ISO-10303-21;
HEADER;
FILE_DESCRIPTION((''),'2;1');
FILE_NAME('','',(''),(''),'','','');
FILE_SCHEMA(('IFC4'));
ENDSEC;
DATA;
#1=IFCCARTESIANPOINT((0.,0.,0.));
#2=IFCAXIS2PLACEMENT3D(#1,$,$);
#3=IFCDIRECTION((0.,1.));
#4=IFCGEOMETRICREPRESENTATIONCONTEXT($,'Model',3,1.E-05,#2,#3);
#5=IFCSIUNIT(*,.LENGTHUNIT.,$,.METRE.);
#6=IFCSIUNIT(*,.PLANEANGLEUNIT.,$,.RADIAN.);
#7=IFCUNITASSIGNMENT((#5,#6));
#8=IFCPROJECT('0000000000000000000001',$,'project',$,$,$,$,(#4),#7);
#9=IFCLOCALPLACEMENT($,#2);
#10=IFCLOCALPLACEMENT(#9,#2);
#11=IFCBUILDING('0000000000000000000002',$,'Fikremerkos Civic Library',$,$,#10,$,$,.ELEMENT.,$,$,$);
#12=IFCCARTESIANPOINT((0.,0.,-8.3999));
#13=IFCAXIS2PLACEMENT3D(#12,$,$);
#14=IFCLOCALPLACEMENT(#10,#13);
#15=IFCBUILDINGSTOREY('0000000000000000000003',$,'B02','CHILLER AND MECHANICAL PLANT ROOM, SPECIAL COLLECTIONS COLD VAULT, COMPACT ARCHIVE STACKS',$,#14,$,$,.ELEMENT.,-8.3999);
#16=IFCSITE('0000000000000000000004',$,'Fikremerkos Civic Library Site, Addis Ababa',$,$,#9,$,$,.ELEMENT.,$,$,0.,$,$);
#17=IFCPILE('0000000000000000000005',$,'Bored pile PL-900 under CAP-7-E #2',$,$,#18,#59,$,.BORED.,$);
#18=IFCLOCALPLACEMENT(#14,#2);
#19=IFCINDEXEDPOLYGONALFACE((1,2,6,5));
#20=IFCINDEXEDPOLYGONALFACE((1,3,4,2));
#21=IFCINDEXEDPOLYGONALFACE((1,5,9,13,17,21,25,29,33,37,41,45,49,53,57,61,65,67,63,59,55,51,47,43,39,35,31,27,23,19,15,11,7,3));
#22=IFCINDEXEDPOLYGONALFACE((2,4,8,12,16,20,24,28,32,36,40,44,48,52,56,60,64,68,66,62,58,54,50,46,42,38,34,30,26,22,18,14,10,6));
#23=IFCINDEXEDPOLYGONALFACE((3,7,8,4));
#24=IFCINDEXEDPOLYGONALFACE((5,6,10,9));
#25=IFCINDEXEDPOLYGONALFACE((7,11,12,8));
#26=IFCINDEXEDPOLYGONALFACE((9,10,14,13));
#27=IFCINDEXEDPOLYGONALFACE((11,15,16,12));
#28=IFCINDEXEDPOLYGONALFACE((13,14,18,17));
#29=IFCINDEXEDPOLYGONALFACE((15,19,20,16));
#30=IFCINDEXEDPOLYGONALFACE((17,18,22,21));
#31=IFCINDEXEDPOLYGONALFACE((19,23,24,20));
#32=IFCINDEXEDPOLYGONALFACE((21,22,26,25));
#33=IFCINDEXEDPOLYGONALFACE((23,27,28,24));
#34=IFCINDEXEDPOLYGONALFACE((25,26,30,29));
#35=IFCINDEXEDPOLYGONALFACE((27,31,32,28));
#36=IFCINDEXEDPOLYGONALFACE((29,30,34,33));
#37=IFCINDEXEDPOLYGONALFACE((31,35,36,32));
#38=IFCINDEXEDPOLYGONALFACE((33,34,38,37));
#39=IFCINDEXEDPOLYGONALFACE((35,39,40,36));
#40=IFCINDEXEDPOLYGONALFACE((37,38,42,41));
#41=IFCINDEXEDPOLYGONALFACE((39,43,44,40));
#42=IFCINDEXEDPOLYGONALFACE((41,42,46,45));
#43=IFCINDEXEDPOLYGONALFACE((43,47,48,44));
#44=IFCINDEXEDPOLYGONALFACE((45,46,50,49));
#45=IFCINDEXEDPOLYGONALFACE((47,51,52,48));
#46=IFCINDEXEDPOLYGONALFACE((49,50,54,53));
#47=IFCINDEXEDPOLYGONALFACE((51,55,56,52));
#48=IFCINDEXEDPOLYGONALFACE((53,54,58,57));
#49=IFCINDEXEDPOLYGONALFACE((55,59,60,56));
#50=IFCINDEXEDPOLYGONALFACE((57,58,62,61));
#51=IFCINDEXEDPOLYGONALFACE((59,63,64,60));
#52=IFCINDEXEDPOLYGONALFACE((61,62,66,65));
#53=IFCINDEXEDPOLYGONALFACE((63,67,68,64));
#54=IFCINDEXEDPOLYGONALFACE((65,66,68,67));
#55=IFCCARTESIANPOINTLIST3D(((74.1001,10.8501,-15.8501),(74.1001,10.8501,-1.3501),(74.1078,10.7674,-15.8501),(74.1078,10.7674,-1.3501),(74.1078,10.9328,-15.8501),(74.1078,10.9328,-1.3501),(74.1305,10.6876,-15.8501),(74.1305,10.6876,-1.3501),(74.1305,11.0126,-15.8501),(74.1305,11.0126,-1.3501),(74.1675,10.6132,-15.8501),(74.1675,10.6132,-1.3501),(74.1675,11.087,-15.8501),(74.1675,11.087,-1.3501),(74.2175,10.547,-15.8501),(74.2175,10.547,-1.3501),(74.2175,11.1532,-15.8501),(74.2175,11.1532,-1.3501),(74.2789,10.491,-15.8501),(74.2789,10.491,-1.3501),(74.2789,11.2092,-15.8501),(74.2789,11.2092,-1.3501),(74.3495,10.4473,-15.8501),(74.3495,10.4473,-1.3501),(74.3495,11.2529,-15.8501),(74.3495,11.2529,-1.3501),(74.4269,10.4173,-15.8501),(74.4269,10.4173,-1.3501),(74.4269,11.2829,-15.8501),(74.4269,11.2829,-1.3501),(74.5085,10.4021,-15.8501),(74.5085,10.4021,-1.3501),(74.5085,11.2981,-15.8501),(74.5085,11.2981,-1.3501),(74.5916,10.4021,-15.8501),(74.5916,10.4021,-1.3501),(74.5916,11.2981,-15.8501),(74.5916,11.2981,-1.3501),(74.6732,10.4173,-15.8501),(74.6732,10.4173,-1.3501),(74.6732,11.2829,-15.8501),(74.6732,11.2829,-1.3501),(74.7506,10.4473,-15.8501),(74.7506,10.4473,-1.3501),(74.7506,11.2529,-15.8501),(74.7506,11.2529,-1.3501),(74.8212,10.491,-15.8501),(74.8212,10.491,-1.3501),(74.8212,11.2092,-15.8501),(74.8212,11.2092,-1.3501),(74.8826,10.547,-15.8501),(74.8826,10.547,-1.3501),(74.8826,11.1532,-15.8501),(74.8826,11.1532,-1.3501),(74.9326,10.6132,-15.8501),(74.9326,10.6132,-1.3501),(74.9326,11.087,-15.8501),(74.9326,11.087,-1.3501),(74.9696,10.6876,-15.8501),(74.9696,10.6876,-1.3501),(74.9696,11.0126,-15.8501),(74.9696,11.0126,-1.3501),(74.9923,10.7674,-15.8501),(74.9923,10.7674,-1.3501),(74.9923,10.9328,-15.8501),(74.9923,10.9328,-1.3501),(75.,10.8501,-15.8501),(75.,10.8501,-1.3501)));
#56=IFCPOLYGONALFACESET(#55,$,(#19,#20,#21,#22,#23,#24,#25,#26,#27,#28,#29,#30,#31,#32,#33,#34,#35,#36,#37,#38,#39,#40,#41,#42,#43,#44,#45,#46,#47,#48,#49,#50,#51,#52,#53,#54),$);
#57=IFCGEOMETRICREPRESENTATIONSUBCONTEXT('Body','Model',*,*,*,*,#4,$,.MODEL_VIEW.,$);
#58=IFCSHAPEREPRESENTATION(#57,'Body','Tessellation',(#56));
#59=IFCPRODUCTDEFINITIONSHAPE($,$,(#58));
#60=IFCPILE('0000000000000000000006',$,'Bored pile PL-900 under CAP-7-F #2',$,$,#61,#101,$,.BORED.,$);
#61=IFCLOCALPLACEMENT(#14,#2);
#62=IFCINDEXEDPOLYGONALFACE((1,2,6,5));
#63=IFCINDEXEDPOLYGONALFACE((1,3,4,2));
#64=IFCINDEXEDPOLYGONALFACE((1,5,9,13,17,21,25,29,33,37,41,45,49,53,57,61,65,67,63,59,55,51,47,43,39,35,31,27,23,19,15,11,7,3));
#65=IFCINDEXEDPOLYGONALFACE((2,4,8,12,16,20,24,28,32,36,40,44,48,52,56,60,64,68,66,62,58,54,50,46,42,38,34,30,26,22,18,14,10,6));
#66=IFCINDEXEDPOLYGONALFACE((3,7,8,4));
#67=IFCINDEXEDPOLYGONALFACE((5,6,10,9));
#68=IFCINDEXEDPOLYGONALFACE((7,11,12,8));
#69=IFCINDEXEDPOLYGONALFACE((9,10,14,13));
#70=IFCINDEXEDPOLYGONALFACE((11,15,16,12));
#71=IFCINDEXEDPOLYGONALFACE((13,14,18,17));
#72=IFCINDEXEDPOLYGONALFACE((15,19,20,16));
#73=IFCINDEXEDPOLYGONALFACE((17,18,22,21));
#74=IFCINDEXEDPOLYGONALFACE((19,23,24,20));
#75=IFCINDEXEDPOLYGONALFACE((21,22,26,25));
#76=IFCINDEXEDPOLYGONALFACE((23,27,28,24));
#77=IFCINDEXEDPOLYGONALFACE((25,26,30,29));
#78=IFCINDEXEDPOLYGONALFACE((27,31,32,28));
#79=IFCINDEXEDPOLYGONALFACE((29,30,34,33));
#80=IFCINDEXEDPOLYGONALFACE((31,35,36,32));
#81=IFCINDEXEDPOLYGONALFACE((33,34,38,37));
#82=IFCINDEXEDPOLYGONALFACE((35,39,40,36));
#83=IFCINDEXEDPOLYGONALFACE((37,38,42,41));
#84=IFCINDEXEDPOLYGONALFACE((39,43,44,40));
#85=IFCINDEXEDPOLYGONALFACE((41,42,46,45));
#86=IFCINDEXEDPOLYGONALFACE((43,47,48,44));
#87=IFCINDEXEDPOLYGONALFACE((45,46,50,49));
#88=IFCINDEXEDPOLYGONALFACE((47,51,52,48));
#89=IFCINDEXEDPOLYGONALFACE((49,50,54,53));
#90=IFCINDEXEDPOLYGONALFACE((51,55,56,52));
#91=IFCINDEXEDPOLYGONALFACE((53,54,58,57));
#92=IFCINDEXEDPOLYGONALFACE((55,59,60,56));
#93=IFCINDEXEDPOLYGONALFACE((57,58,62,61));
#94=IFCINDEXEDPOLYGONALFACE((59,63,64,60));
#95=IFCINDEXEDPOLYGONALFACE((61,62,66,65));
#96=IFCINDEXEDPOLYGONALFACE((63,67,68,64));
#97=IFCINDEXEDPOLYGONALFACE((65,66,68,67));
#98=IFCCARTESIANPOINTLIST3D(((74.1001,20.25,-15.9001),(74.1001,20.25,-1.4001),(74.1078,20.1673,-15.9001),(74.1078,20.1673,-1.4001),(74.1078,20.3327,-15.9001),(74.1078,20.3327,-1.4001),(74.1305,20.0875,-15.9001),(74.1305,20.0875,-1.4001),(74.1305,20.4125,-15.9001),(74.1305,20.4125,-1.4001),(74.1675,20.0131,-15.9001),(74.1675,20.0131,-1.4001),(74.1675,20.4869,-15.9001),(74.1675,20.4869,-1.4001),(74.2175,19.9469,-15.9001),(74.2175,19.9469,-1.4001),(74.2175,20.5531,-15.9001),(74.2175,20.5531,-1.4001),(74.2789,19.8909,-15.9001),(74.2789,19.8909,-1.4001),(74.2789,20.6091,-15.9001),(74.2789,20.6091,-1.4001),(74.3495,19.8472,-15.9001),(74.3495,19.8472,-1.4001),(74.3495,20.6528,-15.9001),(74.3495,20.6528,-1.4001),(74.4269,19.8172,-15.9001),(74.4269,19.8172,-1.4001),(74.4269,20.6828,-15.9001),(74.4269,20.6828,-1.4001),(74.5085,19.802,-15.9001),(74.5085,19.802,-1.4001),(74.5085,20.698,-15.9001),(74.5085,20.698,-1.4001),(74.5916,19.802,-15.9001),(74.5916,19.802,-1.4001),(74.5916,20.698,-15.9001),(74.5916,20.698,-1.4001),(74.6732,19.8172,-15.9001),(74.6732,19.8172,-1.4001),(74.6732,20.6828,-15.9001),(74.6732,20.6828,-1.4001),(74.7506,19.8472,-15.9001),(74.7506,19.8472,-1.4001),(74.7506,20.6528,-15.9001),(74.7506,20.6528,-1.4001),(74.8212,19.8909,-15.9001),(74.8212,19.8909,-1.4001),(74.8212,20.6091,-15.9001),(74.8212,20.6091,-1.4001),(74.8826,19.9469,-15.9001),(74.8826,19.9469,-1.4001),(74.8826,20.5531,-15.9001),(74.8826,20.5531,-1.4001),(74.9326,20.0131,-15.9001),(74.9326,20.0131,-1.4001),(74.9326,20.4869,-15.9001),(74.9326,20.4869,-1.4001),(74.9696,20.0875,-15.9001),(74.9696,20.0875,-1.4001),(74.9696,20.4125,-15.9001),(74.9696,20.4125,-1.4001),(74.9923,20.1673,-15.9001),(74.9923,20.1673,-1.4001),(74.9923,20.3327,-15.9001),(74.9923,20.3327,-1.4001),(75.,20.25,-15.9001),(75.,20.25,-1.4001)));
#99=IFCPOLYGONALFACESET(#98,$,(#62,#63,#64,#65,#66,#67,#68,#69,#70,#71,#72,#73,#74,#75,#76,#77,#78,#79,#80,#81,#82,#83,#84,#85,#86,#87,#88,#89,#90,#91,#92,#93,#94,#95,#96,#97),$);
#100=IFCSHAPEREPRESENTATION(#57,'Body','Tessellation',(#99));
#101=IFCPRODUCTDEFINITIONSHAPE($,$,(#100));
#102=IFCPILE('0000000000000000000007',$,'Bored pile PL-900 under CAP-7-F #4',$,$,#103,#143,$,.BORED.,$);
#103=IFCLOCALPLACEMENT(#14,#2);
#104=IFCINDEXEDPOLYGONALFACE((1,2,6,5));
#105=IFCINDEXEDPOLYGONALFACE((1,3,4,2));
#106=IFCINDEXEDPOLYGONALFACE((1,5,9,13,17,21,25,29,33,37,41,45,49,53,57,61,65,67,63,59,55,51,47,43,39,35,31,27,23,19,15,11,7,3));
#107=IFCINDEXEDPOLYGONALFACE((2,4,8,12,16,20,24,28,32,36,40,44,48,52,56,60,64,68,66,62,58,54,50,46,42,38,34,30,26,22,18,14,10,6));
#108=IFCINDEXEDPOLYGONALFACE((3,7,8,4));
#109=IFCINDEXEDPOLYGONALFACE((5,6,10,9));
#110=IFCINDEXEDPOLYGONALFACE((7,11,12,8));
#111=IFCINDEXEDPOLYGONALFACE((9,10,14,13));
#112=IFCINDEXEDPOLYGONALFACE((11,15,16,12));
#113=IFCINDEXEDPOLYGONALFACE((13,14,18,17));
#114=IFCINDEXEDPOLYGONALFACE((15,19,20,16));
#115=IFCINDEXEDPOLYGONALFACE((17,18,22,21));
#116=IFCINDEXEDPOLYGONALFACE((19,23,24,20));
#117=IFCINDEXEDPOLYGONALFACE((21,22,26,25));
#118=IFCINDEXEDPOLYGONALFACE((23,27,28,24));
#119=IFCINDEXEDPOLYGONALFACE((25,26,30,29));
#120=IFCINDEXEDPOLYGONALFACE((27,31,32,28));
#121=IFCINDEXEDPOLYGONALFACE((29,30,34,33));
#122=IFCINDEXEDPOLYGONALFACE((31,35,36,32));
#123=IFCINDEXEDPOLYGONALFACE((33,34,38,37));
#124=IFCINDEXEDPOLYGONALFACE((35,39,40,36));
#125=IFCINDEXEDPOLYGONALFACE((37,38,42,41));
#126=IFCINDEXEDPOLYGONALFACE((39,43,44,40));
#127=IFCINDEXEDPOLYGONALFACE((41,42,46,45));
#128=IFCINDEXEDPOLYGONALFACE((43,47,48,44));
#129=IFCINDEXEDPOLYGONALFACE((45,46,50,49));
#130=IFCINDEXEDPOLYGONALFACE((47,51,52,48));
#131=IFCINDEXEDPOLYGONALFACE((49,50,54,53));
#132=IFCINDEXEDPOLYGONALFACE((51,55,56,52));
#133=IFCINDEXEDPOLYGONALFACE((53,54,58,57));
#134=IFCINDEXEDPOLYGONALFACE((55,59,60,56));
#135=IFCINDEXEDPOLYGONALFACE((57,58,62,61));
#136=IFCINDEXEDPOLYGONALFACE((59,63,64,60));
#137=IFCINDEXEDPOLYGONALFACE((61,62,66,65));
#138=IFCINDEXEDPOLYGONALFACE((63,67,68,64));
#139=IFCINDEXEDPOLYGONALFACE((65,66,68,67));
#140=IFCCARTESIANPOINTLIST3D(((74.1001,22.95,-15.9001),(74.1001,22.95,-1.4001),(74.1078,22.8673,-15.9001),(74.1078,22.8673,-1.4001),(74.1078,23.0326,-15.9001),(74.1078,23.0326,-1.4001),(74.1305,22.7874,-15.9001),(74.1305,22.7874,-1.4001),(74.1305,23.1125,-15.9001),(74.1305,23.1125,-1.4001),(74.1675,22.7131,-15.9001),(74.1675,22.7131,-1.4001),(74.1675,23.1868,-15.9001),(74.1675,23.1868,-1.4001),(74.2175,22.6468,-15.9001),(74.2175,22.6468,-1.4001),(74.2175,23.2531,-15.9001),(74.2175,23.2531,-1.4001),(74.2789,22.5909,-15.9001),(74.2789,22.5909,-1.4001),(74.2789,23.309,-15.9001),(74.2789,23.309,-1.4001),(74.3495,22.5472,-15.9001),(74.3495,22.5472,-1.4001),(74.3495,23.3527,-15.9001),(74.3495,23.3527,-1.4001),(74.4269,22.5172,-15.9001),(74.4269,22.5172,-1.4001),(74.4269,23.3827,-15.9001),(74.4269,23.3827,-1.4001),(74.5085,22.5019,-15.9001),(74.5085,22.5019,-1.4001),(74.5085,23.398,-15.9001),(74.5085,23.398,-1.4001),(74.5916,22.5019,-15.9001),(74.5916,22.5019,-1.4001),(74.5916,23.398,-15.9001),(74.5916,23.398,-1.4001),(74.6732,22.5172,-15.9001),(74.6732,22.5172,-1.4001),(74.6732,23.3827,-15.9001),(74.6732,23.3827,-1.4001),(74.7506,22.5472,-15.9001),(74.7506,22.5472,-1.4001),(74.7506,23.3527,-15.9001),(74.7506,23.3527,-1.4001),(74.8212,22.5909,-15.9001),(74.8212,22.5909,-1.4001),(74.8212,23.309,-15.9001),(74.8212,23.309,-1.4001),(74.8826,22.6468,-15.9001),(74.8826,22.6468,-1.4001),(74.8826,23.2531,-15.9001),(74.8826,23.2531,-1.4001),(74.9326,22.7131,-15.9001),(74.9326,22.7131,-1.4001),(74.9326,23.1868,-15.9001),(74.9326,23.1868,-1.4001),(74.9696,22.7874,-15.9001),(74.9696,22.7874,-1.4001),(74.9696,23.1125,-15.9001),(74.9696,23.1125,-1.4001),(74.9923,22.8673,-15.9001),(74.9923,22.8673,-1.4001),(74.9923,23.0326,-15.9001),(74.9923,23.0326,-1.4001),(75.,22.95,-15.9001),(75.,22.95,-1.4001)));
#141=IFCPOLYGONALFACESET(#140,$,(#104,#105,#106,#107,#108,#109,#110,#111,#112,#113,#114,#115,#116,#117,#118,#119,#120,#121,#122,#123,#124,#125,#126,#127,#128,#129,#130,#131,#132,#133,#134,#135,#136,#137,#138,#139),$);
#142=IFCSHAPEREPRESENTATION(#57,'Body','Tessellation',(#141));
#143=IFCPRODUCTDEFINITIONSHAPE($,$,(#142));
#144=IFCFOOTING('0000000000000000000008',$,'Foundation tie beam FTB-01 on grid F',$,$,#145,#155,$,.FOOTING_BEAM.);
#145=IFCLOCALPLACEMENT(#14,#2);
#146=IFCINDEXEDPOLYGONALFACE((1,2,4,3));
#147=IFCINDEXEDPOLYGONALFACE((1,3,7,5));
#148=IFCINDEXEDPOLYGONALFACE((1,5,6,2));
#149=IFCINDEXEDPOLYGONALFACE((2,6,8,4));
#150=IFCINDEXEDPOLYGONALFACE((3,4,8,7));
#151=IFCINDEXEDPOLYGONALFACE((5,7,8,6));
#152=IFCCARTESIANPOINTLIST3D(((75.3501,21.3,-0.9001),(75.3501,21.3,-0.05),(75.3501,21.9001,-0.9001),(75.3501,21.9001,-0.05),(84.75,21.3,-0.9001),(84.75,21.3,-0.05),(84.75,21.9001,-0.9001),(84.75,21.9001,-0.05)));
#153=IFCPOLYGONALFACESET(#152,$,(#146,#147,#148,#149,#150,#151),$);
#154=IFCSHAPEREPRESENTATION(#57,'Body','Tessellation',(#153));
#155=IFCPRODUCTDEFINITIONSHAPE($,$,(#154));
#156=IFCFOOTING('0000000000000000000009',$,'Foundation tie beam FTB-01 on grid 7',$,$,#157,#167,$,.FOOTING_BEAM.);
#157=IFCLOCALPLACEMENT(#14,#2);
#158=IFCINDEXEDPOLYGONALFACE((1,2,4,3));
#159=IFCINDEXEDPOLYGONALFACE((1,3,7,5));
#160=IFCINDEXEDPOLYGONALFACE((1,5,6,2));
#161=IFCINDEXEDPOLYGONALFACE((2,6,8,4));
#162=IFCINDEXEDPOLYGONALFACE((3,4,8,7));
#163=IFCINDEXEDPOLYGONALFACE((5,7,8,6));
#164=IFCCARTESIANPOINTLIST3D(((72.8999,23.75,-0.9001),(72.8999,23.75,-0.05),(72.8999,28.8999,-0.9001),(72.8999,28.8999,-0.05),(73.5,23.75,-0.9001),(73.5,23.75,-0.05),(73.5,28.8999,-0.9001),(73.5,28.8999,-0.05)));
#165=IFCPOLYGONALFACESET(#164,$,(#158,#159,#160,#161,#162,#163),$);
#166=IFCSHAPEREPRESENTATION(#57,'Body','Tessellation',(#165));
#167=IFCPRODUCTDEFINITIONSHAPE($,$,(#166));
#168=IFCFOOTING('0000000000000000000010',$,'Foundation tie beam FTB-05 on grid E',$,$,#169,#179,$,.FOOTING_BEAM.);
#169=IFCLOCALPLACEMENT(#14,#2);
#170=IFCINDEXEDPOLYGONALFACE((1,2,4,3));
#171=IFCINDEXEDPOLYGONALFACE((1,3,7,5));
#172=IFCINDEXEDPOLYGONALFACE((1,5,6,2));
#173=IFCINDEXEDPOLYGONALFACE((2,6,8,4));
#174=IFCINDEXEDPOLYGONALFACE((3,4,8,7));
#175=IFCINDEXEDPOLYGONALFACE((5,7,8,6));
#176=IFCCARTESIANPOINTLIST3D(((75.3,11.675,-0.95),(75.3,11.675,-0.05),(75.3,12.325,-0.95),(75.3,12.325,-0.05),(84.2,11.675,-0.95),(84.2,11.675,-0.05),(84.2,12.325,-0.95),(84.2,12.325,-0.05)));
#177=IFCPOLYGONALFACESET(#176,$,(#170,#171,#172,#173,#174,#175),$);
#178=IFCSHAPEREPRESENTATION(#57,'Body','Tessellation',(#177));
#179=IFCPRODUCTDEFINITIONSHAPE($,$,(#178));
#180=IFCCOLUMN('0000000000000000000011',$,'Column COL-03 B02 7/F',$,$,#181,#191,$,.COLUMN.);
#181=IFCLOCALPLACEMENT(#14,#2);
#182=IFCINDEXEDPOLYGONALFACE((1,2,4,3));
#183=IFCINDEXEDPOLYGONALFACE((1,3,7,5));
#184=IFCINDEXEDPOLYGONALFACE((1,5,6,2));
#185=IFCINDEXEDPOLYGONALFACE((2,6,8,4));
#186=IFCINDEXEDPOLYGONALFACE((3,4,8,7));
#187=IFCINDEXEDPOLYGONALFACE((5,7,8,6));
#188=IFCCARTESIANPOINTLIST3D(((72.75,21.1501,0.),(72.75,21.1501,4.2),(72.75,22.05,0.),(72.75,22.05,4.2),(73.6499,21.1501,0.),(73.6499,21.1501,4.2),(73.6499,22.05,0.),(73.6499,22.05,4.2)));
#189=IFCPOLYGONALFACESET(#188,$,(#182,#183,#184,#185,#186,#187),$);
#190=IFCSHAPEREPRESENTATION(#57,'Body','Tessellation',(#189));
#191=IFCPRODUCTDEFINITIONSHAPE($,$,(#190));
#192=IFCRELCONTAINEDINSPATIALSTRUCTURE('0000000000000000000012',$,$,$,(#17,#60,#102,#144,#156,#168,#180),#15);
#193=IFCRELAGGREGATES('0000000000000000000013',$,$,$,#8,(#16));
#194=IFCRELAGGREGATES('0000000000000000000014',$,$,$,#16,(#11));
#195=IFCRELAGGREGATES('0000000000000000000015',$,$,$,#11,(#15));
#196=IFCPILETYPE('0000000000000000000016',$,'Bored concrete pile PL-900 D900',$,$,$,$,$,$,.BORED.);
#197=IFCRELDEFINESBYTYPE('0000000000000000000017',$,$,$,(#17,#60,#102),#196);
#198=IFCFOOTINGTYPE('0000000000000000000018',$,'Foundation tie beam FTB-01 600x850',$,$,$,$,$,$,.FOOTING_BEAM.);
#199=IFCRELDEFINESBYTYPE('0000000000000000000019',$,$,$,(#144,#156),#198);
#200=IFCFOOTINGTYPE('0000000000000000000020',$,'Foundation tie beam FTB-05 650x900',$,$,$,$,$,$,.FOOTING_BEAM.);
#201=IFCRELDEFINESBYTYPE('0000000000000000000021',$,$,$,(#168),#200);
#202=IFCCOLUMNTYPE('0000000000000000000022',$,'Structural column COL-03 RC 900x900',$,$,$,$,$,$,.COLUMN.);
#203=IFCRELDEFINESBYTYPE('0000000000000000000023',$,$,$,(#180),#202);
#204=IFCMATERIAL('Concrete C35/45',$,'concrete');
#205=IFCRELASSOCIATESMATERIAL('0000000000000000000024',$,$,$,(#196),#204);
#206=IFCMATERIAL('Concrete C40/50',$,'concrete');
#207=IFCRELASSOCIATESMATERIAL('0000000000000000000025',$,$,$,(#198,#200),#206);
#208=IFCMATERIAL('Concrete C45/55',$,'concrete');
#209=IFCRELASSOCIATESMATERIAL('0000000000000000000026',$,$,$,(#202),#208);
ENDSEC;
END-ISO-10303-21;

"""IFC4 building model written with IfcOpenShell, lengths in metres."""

from ifc_helpers import new_model, si_unit, direction, frame, origin, origin_2d, place, context, subcontext, project, spatial, rectangle, circle, extrude, material, material_profile, profile_set, type_object, element, save


model = new_model("IFC4")

# Units and contexts
model_context = context("Model", 3, precision=1e-05, world=origin(), true_north=direction((0.0, 1.0)))
body_context = subcontext(model_context, "Body", "Model", "MODEL_VIEW")
ifc_project = project(units=[si_unit("LENGTHUNIT", "METRE"), si_unit("PLANEANGLEUNIT", "RADIAN")], contexts=[model_context])

# Site, building, storey
site_placement = place(None, origin())
site = spatial("IfcSite", under=ifc_project, at=site_placement, Name="Fikremerkos Civic Library Site, Addis Ababa", CompositionType="ELEMENT", RefElevation=0.0)
building_placement = place(site_placement, origin())
building = spatial("IfcBuilding", under=site, at=building_placement, Name="Fikremerkos Civic Library", CompositionType="ELEMENT")
storey_placement = place(building_placement, frame((0.0, 0.0, -8.3999)))
storey = spatial("IfcBuildingStorey", under=building, at=storey_placement, Name="B02", Description="CHILLER AND MECHANICAL PLANT ROOM, SPECIAL COLLECTIONS COLD VAULT, COMPACT ARCHIVE STACKS", CompositionType="ELEMENT", Elevation=-8.3999)

# Piles
ifc_material_1 = material(Name="Concrete C35/45", Category="concrete")
ifc_material_profile_1 = material_profile(ifc_material_1, circle(Radius=0.45, at=origin_2d()), Name="BORED PILE 900")
ifc_profile_set_1 = profile_set([ifc_material_profile_1], Name="Concrete C35/45")
pile_type = type_object("IfcPileType", Name="Bored concrete pile PL-900 D900", PredefinedType="BORED", material=ifc_profile_set_1)
for number, where, z_axis, x_axis, name in (
    (1, (74.55, 10.8501, -1.3501), (0.0, 0.0, -1.0), (1.0, 0.0, 0.0), "Bored pile PL-900 under CAP-7-E #2"),
    (2, (74.55, 20.25, -1.4001), (0.0, 0.0, -1.0), (1.0, 0.0, 0.0), "Bored pile PL-900 under CAP-7-F #2"),
    (3, (74.55, 22.95, -1.4001), (0.0, 0.0, -1.0), (1.0, 0.0, 0.0), "Bored pile PL-900 under CAP-7-F #4"),
):
    element("IfcPile", number, at=place(storey_placement, frame(where, z_axis=z_axis, x_axis=x_axis)), inside=storey, type_object=pile_type, Name=name, PredefinedType="BORED", context=body_context, shape_type="SweptSolid", body=[
        extrude(circle(Radius=0.45, at=origin_2d()), origin(), (0.0, 0.0, 1.0), 14.5),
    ])

# Footings
ifc_material_2 = material(Name="Concrete C40/50", Category="concrete")
footing_type_1 = type_object("IfcFootingType", Name="Foundation tie beam FTB-01 600x850", PredefinedType="FOOTING_BEAM", material=ifc_material_2)
footing_1_placement = place(storey_placement, frame((80.05, 21.6001, -0.9001), z_axis=(0.0, 0.0, 1.0), x_axis=(1.0, 0.0, 0.0)))
element("IfcFooting", 4, at=footing_1_placement, inside=storey, type_object=footing_type_1, Name="Foundation tie beam FTB-01 on grid F", PredefinedType="FOOTING_BEAM", context=body_context, shape_type="SweptSolid", body=[
    extrude(rectangle(XDim=9.3999, YDim=0.6001, at=origin_2d()), origin(), (0.0, 0.0, 1.0), 0.8501),
])
footing_2_placement = place(storey_placement, frame((73.2, 26.325, -0.9001), z_axis=(0.0, 0.0, 1.0), x_axis=(0.0, 1.0, 0.0)))
element("IfcFooting", 5, at=footing_2_placement, inside=storey, type_object=footing_type_1, Name="Foundation tie beam FTB-01 on grid 7", PredefinedType="FOOTING_BEAM", context=body_context, shape_type="SweptSolid", body=[
    extrude(rectangle(XDim=5.1499, YDim=0.6001, at=origin_2d()), origin(), (0.0, 0.0, 1.0), 0.8501),
])
footing_type_2 = type_object("IfcFootingType", Name="Foundation tie beam FTB-05 650x900", PredefinedType="FOOTING_BEAM", material=ifc_material_2)
footing_3_placement = place(storey_placement, frame((79.75, 12.0, -0.95), z_axis=(0.0, 0.0, 1.0), x_axis=(1.0, 0.0, 0.0)))
element("IfcFooting", 6, at=footing_3_placement, inside=storey, type_object=footing_type_2, Name="Foundation tie beam FTB-05 on grid E", PredefinedType="FOOTING_BEAM", context=body_context, shape_type="SweptSolid", body=[
    extrude(rectangle(XDim=8.8999, YDim=0.6499, at=origin_2d()), origin(), (0.0, 0.0, 1.0), 0.8999),
])

# Column
ifc_material_3 = material(Name="Concrete C45/55", Category="concrete")
ifc_material_profile_2 = material_profile(ifc_material_3, rectangle(XDim=0.8999, YDim=0.8999, at=origin_2d()), Name="RC 900x900")
ifc_profile_set_2 = profile_set([ifc_material_profile_2], Name="Concrete C45/55")
column_type = type_object("IfcColumnType", Name="Structural column COL-03 RC 900x900", PredefinedType="COLUMN", material=ifc_profile_set_2)
column_placement = place(storey_placement, frame((73.2, 21.6001, 0.0), z_axis=(0.0, 0.0, 1.0), x_axis=(1.0, 0.0, 0.0)))
element("IfcColumn", 7, at=column_placement, inside=storey, type_object=column_type, Name="Column COL-03 B02 7/F", PredefinedType="COLUMN", context=body_context, shape_type="SweptSolid", body=[
    extrude(rectangle(XDim=0.8999, YDim=0.8999, at=origin_2d()), origin(), (0.0, 0.0, 1.0), 4.2),
])

save(model, "model.ifc")
